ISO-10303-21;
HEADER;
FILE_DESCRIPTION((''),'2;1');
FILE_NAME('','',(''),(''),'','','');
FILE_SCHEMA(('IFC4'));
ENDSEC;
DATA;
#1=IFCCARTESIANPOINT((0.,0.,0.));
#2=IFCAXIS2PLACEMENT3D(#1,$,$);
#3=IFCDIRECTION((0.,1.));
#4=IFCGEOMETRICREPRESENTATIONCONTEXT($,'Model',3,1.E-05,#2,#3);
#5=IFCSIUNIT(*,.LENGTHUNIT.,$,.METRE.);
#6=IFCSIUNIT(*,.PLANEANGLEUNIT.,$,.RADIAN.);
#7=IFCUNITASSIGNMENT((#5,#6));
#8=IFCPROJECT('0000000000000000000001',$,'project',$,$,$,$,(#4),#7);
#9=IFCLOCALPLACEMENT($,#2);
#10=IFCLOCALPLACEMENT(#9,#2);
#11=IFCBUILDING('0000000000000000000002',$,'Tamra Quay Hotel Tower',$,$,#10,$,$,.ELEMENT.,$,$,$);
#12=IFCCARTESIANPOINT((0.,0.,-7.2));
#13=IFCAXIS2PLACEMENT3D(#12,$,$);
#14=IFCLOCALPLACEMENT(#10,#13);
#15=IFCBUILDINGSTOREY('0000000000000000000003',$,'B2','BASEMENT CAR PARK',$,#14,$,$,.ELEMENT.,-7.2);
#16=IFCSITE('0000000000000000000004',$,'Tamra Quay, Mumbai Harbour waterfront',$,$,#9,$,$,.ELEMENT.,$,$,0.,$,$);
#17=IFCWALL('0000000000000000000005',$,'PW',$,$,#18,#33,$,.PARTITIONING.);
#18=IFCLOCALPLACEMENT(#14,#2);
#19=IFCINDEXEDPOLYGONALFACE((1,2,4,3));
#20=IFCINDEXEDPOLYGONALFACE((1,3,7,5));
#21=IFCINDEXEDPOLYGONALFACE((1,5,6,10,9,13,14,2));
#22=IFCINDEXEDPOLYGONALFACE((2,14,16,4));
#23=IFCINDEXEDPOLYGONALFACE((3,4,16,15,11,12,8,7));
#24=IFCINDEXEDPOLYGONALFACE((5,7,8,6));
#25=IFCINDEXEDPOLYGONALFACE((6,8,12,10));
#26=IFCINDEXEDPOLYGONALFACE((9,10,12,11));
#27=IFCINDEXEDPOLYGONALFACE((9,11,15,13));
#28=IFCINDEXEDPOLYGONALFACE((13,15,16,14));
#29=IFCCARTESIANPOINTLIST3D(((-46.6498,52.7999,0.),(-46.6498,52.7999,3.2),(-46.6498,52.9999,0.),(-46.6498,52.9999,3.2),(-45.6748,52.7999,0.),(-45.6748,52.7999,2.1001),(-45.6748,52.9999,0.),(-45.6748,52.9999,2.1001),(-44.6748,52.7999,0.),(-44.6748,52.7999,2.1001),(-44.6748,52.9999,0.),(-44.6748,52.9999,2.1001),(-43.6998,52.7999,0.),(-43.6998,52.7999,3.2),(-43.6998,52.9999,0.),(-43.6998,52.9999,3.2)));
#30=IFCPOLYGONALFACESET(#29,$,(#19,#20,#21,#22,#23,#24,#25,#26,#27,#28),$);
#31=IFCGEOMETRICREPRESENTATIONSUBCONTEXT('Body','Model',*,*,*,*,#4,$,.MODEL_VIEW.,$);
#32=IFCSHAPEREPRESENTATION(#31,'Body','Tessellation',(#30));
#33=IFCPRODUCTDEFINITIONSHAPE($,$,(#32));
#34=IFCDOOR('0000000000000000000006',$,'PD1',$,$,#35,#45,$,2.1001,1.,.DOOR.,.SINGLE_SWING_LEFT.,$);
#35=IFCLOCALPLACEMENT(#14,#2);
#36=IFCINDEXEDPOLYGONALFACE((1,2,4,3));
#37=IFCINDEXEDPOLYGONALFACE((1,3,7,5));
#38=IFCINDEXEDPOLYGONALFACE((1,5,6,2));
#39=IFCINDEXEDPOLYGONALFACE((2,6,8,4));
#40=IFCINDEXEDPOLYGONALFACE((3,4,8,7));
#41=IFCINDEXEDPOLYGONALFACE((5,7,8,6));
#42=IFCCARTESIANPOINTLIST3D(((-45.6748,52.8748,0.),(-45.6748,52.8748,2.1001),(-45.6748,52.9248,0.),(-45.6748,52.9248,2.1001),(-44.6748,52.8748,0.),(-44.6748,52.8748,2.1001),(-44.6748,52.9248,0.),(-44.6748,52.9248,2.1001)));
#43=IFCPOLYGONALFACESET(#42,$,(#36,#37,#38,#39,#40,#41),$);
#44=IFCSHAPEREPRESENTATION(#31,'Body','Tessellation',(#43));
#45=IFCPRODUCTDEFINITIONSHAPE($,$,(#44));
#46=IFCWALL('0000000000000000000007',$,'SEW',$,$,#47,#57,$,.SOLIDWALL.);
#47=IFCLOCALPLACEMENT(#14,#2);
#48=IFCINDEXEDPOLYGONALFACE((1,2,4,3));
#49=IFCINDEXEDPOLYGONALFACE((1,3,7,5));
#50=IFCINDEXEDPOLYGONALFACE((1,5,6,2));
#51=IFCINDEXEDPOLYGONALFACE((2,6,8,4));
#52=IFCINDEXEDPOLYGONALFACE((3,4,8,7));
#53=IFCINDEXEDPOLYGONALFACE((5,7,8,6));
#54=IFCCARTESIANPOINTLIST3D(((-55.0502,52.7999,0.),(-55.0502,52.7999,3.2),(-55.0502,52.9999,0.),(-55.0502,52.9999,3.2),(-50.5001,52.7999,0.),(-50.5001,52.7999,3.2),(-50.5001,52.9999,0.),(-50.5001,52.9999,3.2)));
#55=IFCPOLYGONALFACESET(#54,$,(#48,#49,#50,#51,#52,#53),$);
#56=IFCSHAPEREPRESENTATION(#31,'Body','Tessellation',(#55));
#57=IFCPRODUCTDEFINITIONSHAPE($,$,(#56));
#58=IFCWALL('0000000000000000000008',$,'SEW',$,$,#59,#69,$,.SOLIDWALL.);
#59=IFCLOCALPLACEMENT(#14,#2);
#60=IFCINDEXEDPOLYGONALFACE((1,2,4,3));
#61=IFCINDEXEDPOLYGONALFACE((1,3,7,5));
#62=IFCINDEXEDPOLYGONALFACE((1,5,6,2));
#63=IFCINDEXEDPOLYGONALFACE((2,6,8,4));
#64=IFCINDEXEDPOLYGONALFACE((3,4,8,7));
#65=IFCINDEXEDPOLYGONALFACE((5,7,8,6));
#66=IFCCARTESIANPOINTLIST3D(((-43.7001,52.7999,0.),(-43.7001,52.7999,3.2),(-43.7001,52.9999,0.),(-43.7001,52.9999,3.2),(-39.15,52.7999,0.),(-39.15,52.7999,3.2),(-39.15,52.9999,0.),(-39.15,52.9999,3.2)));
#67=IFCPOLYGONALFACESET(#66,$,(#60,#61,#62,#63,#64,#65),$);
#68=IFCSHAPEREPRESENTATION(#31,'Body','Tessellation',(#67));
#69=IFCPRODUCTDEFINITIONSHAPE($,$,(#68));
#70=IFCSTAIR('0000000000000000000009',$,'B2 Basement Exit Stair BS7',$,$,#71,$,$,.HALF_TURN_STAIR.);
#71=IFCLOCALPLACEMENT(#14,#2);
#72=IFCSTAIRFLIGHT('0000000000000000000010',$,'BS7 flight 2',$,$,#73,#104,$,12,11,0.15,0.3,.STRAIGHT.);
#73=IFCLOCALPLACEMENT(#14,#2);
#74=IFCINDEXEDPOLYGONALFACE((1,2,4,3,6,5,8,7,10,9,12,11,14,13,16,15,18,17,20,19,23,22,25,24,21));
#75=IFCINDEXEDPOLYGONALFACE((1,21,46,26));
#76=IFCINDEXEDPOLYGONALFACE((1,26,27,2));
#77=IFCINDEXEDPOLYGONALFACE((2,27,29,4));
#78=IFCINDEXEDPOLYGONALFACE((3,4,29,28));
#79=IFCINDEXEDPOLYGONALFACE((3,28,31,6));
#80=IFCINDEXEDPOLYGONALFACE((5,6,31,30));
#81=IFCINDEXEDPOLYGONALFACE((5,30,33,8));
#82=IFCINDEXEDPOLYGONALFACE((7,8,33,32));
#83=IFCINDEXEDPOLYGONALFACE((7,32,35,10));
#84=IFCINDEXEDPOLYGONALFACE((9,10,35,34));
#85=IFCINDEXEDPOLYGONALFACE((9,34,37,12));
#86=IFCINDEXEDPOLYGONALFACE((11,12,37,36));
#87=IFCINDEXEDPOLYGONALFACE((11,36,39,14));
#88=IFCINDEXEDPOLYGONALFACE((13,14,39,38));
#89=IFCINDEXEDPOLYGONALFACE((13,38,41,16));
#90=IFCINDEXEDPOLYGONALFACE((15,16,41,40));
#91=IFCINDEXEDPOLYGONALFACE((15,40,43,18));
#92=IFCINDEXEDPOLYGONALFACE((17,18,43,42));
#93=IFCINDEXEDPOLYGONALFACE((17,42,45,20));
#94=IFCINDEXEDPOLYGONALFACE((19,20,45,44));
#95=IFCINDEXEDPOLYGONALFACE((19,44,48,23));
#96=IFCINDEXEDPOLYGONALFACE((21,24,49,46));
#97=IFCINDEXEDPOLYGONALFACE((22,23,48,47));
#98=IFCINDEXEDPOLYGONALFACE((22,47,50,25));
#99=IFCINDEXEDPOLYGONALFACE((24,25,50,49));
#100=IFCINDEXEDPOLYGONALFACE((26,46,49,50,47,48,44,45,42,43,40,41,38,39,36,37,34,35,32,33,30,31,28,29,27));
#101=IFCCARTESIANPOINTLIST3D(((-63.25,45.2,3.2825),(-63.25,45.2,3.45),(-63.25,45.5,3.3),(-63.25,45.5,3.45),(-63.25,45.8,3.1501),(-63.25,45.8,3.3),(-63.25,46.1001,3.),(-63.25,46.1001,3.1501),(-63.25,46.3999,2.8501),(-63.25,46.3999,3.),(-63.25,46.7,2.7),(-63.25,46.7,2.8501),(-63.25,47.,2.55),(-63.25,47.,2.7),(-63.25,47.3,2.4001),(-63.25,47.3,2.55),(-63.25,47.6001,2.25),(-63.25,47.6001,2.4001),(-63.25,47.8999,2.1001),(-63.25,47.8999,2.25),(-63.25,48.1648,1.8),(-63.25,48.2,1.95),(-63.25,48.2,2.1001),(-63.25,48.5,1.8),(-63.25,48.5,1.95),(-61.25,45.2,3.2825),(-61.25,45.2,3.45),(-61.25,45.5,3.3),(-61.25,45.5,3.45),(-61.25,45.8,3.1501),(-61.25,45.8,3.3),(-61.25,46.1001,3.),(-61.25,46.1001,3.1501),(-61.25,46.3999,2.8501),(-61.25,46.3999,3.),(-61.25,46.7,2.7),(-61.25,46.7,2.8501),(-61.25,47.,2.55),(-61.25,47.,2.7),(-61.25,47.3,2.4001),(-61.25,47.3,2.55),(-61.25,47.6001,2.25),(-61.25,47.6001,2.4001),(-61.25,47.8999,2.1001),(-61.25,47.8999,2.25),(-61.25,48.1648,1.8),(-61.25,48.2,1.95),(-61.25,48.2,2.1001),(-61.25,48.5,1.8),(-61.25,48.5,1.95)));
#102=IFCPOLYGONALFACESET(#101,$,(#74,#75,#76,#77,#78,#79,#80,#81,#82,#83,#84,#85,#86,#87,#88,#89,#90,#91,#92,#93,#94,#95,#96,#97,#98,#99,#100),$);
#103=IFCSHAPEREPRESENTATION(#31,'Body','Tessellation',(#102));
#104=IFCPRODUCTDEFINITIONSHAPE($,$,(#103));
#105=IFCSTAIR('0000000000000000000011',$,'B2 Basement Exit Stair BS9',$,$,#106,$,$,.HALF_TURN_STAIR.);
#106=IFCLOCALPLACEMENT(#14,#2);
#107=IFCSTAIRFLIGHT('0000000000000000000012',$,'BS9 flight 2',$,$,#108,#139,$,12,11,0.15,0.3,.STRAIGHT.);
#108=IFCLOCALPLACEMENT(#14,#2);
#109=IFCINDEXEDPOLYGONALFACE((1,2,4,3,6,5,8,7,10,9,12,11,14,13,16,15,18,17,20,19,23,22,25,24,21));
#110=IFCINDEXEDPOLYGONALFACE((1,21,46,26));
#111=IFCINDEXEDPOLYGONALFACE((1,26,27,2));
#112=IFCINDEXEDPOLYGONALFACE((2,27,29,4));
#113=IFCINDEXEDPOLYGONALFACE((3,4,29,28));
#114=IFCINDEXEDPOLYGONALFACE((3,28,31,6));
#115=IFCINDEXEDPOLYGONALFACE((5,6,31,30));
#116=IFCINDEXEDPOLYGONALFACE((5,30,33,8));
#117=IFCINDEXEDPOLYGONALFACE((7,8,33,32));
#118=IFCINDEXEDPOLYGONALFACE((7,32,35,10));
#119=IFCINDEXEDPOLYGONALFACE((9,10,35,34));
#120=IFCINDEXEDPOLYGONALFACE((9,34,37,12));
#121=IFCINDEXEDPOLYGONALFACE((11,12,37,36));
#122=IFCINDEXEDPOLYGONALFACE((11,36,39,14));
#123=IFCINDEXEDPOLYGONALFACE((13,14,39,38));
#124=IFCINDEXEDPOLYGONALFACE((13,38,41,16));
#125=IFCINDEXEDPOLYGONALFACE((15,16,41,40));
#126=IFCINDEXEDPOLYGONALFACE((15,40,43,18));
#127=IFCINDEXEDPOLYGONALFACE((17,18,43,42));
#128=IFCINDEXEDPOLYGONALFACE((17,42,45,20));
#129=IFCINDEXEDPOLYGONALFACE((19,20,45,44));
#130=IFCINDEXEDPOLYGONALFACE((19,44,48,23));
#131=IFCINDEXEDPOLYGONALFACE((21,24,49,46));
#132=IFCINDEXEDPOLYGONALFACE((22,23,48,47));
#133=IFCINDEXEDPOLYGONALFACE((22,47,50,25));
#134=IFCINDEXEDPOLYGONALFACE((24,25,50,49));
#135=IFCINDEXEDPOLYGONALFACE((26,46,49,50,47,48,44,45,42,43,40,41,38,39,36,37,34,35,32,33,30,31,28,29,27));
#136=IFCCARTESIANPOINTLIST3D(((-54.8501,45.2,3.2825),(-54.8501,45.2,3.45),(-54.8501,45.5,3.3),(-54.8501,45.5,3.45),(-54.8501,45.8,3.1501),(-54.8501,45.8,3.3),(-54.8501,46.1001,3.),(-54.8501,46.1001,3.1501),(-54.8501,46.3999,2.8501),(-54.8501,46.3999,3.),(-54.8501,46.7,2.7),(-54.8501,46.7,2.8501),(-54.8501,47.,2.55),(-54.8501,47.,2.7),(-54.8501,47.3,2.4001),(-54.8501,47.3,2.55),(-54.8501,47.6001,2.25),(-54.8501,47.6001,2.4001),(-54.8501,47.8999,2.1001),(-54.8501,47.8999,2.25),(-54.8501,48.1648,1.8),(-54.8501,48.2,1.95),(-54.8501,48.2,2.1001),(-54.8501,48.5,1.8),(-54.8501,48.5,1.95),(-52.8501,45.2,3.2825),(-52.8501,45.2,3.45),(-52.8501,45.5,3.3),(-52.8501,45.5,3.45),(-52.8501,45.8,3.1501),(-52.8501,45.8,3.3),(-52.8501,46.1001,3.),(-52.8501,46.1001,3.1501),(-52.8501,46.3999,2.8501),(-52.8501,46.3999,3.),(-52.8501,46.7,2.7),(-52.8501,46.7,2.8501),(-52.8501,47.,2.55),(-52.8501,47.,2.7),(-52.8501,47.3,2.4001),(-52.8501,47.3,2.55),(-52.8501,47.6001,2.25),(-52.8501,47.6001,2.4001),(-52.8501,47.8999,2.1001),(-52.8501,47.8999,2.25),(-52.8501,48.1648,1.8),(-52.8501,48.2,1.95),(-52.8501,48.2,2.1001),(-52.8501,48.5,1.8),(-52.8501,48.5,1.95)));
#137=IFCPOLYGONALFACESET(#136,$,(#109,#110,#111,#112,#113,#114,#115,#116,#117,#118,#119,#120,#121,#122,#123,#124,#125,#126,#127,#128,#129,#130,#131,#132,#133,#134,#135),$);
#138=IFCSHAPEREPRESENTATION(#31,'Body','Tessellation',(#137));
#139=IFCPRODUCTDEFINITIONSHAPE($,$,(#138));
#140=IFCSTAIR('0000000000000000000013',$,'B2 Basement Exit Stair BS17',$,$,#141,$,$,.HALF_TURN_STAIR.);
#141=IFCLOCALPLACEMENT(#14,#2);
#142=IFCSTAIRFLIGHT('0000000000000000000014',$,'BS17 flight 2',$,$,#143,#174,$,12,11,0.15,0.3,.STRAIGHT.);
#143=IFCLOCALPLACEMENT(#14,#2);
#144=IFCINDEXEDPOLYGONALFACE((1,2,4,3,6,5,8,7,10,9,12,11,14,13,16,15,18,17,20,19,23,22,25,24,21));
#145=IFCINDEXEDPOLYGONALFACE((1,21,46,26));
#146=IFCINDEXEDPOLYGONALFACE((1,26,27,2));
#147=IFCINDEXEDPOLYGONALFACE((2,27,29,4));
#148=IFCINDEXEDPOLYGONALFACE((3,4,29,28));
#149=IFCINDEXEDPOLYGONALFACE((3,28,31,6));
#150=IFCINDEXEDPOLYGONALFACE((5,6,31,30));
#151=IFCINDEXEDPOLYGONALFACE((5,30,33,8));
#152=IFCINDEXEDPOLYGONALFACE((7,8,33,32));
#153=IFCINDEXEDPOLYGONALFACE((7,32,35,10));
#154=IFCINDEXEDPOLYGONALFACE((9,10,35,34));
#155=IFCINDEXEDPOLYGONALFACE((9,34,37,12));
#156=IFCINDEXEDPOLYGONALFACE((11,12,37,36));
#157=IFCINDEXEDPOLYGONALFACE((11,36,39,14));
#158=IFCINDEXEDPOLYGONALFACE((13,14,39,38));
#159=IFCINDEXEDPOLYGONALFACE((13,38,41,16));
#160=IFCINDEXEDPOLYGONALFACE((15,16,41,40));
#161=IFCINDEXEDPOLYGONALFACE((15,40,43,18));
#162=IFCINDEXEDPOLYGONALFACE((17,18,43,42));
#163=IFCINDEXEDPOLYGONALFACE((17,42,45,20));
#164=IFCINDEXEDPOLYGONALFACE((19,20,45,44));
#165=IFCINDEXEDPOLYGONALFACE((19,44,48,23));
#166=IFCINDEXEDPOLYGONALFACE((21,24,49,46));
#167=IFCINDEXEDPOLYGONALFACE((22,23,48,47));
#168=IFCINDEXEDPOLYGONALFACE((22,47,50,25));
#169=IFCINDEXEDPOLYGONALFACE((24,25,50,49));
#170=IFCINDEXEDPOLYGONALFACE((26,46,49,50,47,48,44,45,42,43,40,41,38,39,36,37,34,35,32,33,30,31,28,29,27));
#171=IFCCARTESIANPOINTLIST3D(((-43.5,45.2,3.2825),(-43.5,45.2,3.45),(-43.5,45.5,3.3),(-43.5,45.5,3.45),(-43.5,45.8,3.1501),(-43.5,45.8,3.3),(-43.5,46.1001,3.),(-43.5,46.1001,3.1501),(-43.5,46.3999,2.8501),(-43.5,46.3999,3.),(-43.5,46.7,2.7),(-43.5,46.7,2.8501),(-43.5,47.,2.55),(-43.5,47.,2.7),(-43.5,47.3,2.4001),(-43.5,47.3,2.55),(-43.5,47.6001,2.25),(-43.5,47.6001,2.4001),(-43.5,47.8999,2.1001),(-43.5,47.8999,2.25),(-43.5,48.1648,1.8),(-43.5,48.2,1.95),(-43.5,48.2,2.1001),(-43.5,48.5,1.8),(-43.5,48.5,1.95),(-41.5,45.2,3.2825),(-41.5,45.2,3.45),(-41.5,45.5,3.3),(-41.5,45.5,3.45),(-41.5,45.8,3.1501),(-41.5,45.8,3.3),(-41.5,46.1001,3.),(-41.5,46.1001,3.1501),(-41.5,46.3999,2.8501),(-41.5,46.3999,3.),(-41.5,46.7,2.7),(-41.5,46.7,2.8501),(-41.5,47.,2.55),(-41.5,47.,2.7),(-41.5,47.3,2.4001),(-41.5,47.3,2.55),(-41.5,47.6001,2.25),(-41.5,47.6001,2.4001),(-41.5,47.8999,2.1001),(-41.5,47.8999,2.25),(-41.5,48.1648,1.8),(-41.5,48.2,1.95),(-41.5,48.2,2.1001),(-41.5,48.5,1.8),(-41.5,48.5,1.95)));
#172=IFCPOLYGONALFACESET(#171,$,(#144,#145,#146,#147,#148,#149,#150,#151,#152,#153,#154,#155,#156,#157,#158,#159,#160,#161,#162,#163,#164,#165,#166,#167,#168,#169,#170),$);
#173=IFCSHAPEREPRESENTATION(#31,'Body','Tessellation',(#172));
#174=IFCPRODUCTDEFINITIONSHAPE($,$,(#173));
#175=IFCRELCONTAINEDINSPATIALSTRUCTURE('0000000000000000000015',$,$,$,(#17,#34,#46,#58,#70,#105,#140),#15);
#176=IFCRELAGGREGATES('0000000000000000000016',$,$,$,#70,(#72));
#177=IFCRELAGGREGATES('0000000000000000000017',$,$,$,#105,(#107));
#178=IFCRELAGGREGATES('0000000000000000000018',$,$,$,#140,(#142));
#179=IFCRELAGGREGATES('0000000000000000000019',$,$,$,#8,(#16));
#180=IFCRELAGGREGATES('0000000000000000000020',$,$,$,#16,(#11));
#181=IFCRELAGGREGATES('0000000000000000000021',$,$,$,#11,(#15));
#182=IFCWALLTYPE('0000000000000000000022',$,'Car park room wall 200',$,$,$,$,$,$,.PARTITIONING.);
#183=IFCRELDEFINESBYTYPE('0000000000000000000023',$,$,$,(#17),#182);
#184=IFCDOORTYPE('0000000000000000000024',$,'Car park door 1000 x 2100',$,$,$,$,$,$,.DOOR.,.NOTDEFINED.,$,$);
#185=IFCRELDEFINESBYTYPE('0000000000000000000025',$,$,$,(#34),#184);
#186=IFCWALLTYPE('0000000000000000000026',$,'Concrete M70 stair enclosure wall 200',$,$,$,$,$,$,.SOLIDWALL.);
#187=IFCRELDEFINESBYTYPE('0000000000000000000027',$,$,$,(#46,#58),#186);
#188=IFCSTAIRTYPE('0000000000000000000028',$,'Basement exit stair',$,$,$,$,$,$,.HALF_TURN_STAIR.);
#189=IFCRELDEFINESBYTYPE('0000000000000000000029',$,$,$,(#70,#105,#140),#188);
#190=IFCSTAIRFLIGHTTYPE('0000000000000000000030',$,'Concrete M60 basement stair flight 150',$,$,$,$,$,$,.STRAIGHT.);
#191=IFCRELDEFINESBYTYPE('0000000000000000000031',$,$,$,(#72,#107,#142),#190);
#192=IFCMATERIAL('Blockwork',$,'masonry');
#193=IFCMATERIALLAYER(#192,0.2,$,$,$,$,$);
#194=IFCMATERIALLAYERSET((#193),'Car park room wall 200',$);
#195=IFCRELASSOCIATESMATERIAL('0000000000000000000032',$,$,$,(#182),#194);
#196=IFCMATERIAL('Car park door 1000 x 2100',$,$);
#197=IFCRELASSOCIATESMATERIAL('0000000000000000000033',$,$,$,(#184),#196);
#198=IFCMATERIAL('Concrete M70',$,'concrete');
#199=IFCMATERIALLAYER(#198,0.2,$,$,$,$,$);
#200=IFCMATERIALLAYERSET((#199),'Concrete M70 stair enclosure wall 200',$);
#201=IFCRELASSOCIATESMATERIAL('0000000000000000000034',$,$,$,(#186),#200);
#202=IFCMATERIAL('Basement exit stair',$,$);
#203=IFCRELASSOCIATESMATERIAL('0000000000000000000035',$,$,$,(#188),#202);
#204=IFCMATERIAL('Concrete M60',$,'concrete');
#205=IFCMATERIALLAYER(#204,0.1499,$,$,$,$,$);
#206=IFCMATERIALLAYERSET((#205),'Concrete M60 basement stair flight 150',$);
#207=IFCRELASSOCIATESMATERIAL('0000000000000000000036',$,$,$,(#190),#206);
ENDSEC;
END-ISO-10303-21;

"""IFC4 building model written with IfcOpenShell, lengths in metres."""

from ifc_helpers import new_model, si_unit, direction, frame, frame_2d, origin, place, context, subcontext, project, spatial, polyline, rectangle, outline, extrude, material, layer, layer_set, type_object, element, fill, aggregate, save


model = new_model("IFC4")

# Units and contexts
model_context = context("Model", 3, precision=1e-05, world=origin(), true_north=direction((0.0, 1.0)))
body_context = subcontext(model_context, "Body", "Model", "MODEL_VIEW")
ifc_project = project(units=[si_unit("LENGTHUNIT", "METRE"), si_unit("PLANEANGLEUNIT", "RADIAN")], contexts=[model_context])

# Site, building, storey
site_placement = place(None, origin())
site = spatial("IfcSite", under=ifc_project, at=site_placement, Name="Tamra Quay, Mumbai Harbour waterfront", CompositionType="ELEMENT", RefElevation=0.0)
building_placement = place(site_placement, origin())
building = spatial("IfcBuilding", under=site, at=building_placement, Name="Tamra Quay Hotel Tower", CompositionType="ELEMENT")
storey_placement = place(building_placement, frame((0.0, 0.0, -7.2)))
storey = spatial("IfcBuildingStorey", under=building, at=storey_placement, Name="B2", Description="BASEMENT CAR PARK", CompositionType="ELEMENT", Elevation=-7.2)

# Shared definitions
ifc_material_1 = material(Name="Concrete M70", Category="concrete")

# Wall, opening, door
ifc_material_2 = material(Name="Blockwork", Category="masonry")
ifc_layer_1 = layer(ifc_material_2, 0.2)
ifc_layer_set_1 = layer_set([ifc_layer_1], Name="Car park room wall 200")
wall_type_1 = type_object("IfcWallType", Name="Car park room wall 200", PredefinedType="PARTITIONING", material=ifc_layer_set_1)
ifc_material_3 = material(Name="Car park door 1000 x 2100")
door_type = type_object("IfcDoorType", Name="Car park door 1000 x 2100", OperationType="NOTDEFINED", PredefinedType="DOOR", material=ifc_material_3)
wall_1_placement = place(storey_placement, frame((-46.6499, 52.8999, 0.0), z_axis=(0.0, 0.0, 1.0), x_axis=(1.0, 0.0, 0.0)))
wall_1 = element("IfcWall", 1, at=wall_1_placement, inside=storey, type_object=wall_type_1, Name="PW", PredefinedType="PARTITIONING", context=body_context, shape_type="SweptSolid", body=[
    extrude(rectangle(XDim=2.95, YDim=0.2, at=frame_2d((1.4751, 0.0))), origin(), (0.0, 0.0, 1.0), 3.2),
])
opening_1_placement = place(wall_1_placement, frame((0.9751, 0.0, 0.0)))
opening_1 = element("IfcOpeningElement", 2, at=opening_1_placement, cuts=wall_1, PredefinedType="OPENING", context=body_context, shape_type="SweptSolid", body=[
    extrude(rectangle(XDim=1.0, YDim=2.1001, at=frame_2d((0.5, 1.05))), frame((0.0, 0.1099, 0.0), z_axis=(0.0, -1.0, 0.0), x_axis=(1.0, 0.0, 0.0)), (0.0, 0.0, 1.0), 0.22),
])
door_1_placement = place(opening_1_placement, origin())
door_1 = element("IfcDoor", 3, at=door_1_placement, inside=storey, type_object=door_type, Name="PD1", OperationType="SINGLE_SWING_LEFT", OverallHeight=2.1001, OverallWidth=1.0, PredefinedType="DOOR", context=body_context, shape_type="SweptSolid", body=[
    extrude(rectangle(XDim=1.0, YDim=2.1001, at=frame_2d((0.5, 1.05))), frame((0.0, 0.0249, 0.0), z_axis=(0.0, -1.0, 0.0), x_axis=(1.0, 0.0, 0.0)), (0.0, 0.0, 1.0), 0.05),
])
fill(opening_1, door_1)

# Walls
ifc_layer_2 = layer(ifc_material_1, 0.2)
ifc_layer_set_2 = layer_set([ifc_layer_2], Name="Concrete M70 stair enclosure wall 200")
wall_type_2 = type_object("IfcWallType", Name="Concrete M70 stair enclosure wall 200", PredefinedType="SOLIDWALL", material=ifc_layer_set_2)
for number, where, z_axis, x_axis, name in (
    (4, (-55.05, 52.8999, 0.0), (0.0, 0.0, 1.0), (1.0, 0.0, 0.0), "SEW"),
    (5, (-43.7, 52.8999, 0.0), (0.0, 0.0, 1.0), (1.0, 0.0, 0.0), "SEW"),
):
    element("IfcWall", number, at=place(storey_placement, frame(where, z_axis=z_axis, x_axis=x_axis)), inside=storey, type_object=wall_type_2, Name=name, PredefinedType="SOLIDWALL", context=body_context, shape_type="SweptSolid", body=[
        extrude(rectangle(XDim=4.55, YDim=0.2, at=frame_2d((2.2749, 0.0))), origin(), (0.0, 0.0, 1.0), 3.2),
    ])

# Stairs, stair flights
ifc_material_4 = material(Name="Basement exit stair")
stair_type = type_object("IfcStairType", Name="Basement exit stair", PredefinedType="HALF_TURN_STAIR", material=ifc_material_4)
stair_1_placement = place(storey_placement, origin())
stair_1 = element("IfcStair", 6, at=stair_1_placement, inside=storey, type_object=stair_type, Name="B2 Basement Exit Stair BS7", PredefinedType="HALF_TURN_STAIR")
ifc_material_5 = material(Name="Concrete M60", Category="concrete")
ifc_layer_3 = layer(ifc_material_5, 0.1499)
ifc_layer_set_3 = layer_set([ifc_layer_3], Name="Concrete M60 basement stair flight 150")
stair_flight_type = type_object("IfcStairFlightType", Name="Concrete M60 basement stair flight 150", PredefinedType="STRAIGHT", material=ifc_layer_set_3)
stair_flight_1_placement = place(storey_placement, frame((-62.25, 48.5, 1.8), z_axis=(0.0, 0.0, 1.0), x_axis=(0.0, -1.0, 0.0)))
stair_flight_1 = element("IfcStairFlight", 7, at=stair_flight_1_placement, type_object=stair_flight_type, Name="BS7 flight 2", NumberOfRisers=12, NumberOfTreads=11, PredefinedType="STRAIGHT", RiserHeight=0.15, TreadLength=0.3, context=body_context, shape_type="SweptSolid", body=[
    extrude(outline(polyline([(0.0, 0.0), (0.0, 0.1499), (0.3, 0.1499), (0.3, 0.3), (0.6001, 0.3), (0.6001, 0.45), (0.8999, 0.45), (0.8999, 0.6001), (1.2, 0.6001), (1.2, 0.75), (1.5, 0.75), (1.5, 0.8999), (1.8, 0.8999), (1.8, 1.05), (2.1001, 1.05), (2.1001, 1.2), (2.3999, 1.2), (2.3999, 1.3501), (2.7, 1.3501), (2.7, 1.5), (3.0, 1.5), (3.0, 1.6499), (3.3, 1.6499), (3.3, 1.8), (3.3, 1.4824), (0.3352, 0.0), (0.0, 0.0)])), frame((0.0, 1.0, 0.0), z_axis=(0.0, -1.0, 0.0), x_axis=(1.0, 0.0, 0.0)), (0.0, 0.0, 1.0), 2.0),
])
aggregate(stair_1, [stair_flight_1])
stair_2_placement = place(storey_placement, origin())
stair_2 = element("IfcStair", 8, at=stair_2_placement, inside=storey, type_object=stair_type, Name="B2 Basement Exit Stair BS9", PredefinedType="HALF_TURN_STAIR")
stair_flight_2_placement = place(storey_placement, frame((-53.8501, 48.5, 1.8), z_axis=(0.0, 0.0, 1.0), x_axis=(0.0, -1.0, 0.0)))
stair_flight_2 = element("IfcStairFlight", 9, at=stair_flight_2_placement, type_object=stair_flight_type, Name="BS9 flight 2", NumberOfRisers=12, NumberOfTreads=11, PredefinedType="STRAIGHT", RiserHeight=0.15, TreadLength=0.3, context=body_context, shape_type="SweptSolid", body=[
    extrude(outline(polyline([(0.0, 0.0), (0.0, 0.1499), (0.3, 0.1499), (0.3, 0.3), (0.6001, 0.3), (0.6001, 0.45), (0.8999, 0.45), (0.8999, 0.6001), (1.2, 0.6001), (1.2, 0.75), (1.5, 0.75), (1.5, 0.8999), (1.8, 0.8999), (1.8, 1.05), (2.1001, 1.05), (2.1001, 1.2), (2.3999, 1.2), (2.3999, 1.3501), (2.7, 1.3501), (2.7, 1.5), (3.0, 1.5), (3.0, 1.6499), (3.3, 1.6499), (3.3, 1.8), (3.3, 1.4824), (0.3352, 0.0), (0.0, 0.0)])), frame((0.0, 1.0, 0.0), z_axis=(0.0, -1.0, 0.0), x_axis=(1.0, 0.0, 0.0)), (0.0, 0.0, 1.0), 2.0),
])
aggregate(stair_2, [stair_flight_2])
stair_3_placement = place(storey_placement, origin())
stair_3 = element("IfcStair", 10, at=stair_3_placement, inside=storey, type_object=stair_type, Name="B2 Basement Exit Stair BS17", PredefinedType="HALF_TURN_STAIR")
stair_flight_3_placement = place(storey_placement, frame((-42.5, 48.5, 1.8), z_axis=(0.0, 0.0, 1.0), x_axis=(0.0, -1.0, 0.0)))
stair_flight_3 = element("IfcStairFlight", 11, at=stair_flight_3_placement, type_object=stair_flight_type, Name="BS17 flight 2", NumberOfRisers=12, NumberOfTreads=11, PredefinedType="STRAIGHT", RiserHeight=0.15, TreadLength=0.3, context=body_context, shape_type="SweptSolid", body=[
    extrude(outline(polyline([(0.0, 0.0), (0.0, 0.1499), (0.3, 0.1499), (0.3, 0.3), (0.6001, 0.3), (0.6001, 0.45), (0.8999, 0.45), (0.8999, 0.6001), (1.2, 0.6001), (1.2, 0.75), (1.5, 0.75), (1.5, 0.8999), (1.8, 0.8999), (1.8, 1.05), (2.1001, 1.05), (2.1001, 1.2), (2.3999, 1.2), (2.3999, 1.3501), (2.7, 1.3501), (2.7, 1.5), (3.0, 1.5), (3.0, 1.6499), (3.3, 1.6499), (3.3, 1.8), (3.3, 1.4824), (0.3352, 0.0), (0.0, 0.0)])), frame((0.0, 1.0, 0.0), z_axis=(0.0, -1.0, 0.0), x_axis=(1.0, 0.0, 0.0)), (0.0, 0.0, 1.0), 2.0),
])
aggregate(stair_3, [stair_flight_3])

save(model, "model.ifc")
